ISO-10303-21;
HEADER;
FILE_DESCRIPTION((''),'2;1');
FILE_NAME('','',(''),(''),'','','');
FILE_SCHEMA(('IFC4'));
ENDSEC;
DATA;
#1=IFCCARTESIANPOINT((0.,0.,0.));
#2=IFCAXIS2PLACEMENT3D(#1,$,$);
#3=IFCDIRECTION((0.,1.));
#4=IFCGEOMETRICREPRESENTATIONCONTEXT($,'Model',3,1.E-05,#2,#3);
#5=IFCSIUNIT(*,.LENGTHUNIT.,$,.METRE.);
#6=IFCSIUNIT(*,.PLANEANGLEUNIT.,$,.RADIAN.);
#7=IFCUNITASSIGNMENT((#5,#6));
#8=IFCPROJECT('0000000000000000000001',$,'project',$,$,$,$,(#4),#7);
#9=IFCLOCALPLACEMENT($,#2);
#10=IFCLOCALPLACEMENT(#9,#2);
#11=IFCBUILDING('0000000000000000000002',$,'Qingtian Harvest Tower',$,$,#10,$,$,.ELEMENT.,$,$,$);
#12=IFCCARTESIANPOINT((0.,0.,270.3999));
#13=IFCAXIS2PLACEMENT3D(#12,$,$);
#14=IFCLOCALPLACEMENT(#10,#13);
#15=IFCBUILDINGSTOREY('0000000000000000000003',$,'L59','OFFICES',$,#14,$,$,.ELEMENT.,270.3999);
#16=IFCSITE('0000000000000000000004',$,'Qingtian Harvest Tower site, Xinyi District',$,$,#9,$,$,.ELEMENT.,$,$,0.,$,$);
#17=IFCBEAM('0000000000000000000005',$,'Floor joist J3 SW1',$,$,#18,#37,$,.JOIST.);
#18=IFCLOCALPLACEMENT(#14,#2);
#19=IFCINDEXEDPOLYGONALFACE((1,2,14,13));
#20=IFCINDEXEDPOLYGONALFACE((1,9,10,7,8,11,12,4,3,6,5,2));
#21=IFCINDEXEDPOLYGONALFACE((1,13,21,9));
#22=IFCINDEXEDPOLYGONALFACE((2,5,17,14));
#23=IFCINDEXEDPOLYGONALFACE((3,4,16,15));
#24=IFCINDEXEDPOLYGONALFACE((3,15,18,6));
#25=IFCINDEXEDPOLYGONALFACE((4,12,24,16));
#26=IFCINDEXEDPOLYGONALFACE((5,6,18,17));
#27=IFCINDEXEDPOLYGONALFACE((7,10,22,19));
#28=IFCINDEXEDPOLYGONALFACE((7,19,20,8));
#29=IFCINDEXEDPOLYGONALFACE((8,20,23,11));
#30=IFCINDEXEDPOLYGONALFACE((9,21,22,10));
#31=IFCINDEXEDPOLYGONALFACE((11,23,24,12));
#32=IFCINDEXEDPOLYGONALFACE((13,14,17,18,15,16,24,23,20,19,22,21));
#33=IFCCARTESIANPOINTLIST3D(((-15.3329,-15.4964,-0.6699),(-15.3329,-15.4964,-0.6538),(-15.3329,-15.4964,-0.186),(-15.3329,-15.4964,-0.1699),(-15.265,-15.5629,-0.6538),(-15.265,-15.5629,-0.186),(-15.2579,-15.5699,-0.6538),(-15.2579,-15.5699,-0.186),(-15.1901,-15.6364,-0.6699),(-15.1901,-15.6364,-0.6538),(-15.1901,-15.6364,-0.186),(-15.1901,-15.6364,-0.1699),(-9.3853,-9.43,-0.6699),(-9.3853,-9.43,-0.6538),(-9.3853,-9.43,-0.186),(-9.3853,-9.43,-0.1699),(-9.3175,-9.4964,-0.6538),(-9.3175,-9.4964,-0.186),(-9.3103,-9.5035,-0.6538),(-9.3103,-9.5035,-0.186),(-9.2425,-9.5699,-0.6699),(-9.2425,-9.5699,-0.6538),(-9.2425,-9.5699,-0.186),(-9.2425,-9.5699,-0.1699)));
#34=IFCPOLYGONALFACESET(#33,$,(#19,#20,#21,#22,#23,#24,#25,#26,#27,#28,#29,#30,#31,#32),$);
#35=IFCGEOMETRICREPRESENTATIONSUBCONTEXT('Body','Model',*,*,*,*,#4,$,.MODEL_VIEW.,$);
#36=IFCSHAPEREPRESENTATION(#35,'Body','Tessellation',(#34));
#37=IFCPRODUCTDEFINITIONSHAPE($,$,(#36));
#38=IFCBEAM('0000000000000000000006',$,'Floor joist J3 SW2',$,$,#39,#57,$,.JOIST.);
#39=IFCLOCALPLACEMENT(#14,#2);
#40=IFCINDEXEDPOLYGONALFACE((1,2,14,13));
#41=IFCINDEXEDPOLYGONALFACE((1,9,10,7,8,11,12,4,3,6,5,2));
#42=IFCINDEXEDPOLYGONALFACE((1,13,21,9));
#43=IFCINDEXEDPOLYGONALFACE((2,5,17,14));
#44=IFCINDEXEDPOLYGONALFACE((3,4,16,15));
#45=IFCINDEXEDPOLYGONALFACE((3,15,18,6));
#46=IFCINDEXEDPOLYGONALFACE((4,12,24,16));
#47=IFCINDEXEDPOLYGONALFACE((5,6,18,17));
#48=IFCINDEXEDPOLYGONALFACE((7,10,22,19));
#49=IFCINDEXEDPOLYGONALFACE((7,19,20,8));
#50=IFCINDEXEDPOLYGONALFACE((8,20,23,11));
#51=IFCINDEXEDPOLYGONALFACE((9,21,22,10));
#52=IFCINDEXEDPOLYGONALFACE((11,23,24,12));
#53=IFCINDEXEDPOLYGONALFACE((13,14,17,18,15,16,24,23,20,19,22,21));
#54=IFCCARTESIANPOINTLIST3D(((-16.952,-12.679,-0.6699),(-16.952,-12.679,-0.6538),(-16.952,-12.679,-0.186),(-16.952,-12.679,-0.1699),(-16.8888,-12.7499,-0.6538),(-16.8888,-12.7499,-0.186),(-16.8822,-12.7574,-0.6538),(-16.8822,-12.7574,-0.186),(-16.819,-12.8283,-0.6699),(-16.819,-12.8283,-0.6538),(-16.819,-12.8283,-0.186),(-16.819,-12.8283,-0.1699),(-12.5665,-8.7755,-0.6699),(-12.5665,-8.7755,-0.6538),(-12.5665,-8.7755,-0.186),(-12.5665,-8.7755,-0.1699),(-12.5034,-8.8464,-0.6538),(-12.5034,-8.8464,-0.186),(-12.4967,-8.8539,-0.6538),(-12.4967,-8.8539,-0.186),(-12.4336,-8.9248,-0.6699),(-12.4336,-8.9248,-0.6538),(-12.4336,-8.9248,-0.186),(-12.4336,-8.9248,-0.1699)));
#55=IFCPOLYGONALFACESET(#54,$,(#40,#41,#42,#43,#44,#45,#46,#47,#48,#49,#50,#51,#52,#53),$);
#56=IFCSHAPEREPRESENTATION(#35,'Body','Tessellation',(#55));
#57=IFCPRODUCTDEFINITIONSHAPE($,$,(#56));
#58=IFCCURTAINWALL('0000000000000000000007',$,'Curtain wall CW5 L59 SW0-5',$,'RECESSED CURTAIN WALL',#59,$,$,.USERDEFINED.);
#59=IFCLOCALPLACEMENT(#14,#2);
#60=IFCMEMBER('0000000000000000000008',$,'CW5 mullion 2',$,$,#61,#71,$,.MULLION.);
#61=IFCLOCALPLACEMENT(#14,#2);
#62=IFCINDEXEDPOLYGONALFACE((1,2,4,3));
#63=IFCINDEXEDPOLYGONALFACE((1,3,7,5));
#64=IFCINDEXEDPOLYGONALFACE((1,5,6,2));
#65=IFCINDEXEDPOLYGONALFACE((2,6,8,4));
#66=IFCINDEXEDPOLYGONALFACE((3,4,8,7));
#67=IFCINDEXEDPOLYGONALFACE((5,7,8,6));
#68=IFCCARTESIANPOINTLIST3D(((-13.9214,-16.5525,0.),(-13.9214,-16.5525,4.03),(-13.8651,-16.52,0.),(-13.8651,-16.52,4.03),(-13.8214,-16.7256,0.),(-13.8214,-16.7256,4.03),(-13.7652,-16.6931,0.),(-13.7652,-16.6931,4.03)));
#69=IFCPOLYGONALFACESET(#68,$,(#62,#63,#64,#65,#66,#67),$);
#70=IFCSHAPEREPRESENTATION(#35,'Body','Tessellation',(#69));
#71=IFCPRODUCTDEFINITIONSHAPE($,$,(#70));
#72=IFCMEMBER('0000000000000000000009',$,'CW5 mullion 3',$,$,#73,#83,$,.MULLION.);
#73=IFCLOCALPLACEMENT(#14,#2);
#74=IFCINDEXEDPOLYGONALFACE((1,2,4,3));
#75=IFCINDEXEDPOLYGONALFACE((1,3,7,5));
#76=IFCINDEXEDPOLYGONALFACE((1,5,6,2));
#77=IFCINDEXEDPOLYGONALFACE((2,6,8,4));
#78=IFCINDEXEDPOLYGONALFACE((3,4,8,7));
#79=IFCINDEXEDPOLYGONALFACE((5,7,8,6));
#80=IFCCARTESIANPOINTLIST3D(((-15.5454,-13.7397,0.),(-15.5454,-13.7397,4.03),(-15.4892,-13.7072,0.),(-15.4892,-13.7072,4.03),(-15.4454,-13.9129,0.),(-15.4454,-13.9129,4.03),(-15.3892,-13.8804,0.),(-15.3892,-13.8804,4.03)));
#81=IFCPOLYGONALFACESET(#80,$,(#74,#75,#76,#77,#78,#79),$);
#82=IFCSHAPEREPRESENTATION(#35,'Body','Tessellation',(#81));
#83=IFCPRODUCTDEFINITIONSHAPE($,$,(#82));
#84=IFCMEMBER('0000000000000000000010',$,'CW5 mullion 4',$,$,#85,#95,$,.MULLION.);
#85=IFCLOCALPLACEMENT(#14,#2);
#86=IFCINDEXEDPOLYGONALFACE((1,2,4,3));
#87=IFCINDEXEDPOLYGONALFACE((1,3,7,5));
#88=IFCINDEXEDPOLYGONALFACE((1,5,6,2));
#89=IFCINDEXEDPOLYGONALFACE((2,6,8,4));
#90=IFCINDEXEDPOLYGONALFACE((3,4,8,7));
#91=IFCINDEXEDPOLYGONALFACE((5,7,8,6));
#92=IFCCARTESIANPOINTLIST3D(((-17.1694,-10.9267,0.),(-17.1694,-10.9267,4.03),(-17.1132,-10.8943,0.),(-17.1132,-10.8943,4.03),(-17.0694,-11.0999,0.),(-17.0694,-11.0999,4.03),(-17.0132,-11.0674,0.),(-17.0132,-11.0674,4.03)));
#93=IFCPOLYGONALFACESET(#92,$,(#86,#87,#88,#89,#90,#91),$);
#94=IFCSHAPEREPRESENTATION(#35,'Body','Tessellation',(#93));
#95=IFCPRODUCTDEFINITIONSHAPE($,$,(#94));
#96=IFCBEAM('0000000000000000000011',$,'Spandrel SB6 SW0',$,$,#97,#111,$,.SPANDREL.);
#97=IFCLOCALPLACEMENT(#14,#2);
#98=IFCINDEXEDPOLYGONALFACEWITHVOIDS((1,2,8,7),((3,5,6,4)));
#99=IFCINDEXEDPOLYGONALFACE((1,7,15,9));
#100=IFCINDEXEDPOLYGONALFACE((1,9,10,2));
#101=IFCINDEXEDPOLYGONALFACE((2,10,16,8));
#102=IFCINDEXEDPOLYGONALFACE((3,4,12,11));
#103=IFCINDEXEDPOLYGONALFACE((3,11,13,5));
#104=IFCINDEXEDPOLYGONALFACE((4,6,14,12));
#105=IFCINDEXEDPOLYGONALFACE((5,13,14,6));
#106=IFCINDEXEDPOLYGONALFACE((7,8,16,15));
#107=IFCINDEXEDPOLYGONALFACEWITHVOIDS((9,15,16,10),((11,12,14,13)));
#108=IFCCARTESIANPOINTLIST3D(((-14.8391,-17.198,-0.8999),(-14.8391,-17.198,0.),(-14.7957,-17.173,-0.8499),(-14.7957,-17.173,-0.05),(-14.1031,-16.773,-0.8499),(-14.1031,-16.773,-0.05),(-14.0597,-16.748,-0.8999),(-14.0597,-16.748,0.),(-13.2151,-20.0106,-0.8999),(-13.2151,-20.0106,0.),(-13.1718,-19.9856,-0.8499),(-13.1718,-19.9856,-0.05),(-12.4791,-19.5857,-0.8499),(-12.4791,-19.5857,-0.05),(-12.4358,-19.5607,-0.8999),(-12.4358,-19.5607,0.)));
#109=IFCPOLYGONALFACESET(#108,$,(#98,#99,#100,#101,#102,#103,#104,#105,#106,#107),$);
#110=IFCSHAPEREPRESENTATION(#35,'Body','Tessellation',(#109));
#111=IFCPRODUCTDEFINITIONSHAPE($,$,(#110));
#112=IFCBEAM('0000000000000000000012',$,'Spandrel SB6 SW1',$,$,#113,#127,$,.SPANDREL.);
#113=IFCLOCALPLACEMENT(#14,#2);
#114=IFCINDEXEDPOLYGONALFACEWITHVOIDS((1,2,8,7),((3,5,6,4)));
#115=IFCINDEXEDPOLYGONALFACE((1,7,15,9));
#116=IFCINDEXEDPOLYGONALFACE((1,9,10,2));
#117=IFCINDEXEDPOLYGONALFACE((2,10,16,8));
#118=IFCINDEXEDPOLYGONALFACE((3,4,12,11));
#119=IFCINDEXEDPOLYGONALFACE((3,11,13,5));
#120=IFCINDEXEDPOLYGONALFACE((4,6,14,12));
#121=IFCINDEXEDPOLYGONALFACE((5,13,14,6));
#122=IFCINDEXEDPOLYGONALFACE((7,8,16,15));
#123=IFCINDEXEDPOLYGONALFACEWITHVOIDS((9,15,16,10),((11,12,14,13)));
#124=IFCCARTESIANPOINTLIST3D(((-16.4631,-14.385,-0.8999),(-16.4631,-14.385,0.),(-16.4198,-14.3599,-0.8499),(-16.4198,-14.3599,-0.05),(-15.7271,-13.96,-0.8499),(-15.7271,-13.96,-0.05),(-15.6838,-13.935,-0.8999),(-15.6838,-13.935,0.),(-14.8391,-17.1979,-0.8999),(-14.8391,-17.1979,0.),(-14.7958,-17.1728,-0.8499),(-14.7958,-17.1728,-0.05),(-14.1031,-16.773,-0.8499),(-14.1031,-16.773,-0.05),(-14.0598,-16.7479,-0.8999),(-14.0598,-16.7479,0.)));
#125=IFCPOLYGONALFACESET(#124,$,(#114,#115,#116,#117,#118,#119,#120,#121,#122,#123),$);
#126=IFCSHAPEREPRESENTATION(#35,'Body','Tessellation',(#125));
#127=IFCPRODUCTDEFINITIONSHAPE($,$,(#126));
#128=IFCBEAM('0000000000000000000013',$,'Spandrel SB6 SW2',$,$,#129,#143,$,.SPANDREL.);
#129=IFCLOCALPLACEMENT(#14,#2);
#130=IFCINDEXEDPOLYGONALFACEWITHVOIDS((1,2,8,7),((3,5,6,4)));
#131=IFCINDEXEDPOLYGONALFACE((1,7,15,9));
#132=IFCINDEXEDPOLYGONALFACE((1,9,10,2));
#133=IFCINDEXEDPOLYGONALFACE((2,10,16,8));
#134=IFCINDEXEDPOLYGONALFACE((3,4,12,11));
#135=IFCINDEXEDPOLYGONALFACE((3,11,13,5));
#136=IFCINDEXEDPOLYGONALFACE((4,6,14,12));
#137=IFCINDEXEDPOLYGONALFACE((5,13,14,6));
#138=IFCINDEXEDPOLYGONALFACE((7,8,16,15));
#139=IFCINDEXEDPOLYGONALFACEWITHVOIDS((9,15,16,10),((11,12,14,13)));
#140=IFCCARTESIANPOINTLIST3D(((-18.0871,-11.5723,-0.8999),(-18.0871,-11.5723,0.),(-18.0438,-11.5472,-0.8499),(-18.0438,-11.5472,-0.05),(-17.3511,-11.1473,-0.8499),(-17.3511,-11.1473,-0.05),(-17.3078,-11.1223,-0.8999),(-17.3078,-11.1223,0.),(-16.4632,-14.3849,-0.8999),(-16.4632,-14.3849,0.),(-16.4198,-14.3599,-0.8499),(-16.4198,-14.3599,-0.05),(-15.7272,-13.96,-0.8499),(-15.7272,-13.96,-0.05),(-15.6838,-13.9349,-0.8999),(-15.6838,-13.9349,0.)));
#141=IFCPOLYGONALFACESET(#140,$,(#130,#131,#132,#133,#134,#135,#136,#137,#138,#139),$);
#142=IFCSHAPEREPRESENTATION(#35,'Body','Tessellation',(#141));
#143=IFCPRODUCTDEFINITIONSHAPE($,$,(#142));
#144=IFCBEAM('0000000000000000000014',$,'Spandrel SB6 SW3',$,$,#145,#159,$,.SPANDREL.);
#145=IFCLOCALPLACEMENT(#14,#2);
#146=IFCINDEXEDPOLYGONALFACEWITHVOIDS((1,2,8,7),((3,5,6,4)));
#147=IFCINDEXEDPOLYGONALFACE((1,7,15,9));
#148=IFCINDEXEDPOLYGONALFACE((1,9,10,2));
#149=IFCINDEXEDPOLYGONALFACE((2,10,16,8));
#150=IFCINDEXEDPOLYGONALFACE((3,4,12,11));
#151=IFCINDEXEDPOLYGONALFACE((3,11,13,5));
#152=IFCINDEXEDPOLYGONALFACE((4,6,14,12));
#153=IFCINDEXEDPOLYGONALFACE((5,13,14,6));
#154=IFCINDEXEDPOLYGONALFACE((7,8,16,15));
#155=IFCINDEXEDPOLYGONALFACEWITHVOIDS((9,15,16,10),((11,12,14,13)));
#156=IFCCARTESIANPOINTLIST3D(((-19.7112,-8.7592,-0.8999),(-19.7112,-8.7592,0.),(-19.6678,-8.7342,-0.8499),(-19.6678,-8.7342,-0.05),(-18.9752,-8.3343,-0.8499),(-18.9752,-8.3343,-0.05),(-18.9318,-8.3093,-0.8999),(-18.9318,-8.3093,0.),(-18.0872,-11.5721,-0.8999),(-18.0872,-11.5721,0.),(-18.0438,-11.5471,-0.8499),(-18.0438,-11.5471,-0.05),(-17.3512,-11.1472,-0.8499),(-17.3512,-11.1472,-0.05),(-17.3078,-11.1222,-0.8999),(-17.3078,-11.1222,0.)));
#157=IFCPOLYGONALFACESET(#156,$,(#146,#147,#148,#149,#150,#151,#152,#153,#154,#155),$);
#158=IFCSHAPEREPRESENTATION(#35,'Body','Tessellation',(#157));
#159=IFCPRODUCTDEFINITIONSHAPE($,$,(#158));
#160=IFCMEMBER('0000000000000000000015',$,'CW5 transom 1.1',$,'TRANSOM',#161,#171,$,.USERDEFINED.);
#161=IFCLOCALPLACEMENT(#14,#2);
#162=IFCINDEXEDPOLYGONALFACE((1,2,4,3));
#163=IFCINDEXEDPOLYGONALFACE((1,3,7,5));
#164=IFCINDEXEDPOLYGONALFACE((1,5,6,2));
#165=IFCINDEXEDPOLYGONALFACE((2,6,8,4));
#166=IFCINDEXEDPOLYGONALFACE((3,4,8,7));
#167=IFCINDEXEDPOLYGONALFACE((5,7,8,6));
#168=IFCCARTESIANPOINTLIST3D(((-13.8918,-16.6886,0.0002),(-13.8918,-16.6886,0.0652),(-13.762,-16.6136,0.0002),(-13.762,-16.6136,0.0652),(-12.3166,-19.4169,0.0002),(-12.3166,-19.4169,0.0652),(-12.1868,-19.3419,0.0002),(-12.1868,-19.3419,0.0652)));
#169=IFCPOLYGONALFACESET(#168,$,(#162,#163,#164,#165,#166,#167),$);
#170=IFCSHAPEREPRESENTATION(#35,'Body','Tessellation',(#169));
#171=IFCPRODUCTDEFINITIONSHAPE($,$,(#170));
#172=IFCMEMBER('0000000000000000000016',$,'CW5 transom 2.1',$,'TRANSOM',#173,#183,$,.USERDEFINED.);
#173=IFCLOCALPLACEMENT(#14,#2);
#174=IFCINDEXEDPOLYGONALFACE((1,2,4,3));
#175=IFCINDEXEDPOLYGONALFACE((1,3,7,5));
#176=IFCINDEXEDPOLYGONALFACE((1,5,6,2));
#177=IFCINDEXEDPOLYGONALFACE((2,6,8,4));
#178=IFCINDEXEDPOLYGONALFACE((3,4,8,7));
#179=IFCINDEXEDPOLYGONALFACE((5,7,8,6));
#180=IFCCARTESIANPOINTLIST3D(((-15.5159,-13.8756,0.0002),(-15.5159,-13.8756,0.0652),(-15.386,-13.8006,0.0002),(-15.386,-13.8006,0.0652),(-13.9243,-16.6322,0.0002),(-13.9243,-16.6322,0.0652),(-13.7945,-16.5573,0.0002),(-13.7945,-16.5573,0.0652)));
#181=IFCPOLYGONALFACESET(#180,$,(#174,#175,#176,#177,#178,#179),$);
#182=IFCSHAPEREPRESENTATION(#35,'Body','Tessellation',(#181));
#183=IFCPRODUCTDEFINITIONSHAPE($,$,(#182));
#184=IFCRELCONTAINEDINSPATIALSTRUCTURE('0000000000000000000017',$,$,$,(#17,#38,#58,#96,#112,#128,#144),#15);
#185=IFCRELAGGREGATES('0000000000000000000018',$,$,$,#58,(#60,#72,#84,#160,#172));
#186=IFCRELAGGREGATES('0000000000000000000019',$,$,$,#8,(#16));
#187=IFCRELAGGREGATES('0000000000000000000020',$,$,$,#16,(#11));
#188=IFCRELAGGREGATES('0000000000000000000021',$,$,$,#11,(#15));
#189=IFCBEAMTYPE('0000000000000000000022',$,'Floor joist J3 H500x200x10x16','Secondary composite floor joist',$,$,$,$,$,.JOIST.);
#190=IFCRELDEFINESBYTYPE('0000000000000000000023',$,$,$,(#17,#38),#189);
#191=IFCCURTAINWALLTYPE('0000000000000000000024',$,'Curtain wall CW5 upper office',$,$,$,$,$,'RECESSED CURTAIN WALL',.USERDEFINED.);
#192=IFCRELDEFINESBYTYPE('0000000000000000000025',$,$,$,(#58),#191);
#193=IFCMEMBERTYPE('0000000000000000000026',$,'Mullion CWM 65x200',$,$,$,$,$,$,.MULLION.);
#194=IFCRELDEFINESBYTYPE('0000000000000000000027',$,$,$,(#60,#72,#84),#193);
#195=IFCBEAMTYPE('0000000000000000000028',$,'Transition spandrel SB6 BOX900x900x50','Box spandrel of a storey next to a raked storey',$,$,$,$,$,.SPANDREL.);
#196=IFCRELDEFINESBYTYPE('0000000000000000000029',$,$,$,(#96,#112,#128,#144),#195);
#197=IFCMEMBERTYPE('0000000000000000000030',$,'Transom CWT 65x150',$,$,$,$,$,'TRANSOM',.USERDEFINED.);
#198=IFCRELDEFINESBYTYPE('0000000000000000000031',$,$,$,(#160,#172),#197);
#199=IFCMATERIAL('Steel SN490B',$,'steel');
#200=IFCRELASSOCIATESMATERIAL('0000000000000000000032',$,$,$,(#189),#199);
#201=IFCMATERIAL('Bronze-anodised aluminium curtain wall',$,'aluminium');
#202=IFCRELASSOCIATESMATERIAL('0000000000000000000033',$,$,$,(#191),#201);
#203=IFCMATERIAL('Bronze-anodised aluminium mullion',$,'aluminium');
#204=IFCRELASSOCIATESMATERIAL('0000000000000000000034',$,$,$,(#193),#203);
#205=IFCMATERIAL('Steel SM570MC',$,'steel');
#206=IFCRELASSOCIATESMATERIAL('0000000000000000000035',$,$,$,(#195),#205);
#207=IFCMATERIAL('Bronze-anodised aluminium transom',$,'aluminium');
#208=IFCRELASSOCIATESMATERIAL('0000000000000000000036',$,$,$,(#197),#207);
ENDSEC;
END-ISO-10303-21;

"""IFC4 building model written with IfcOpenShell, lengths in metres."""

from ifc_helpers import new_model, si_unit, direction, frame, origin, origin_2d, place, context, subcontext, project, spatial, rectangle, hollow_rectangle, i_section, extrude, material, material_profile, profile_set, type_object, element, aggregate, save


model = new_model("IFC4")

# Units and contexts
model_context = context("Model", 3, precision=1e-05, world=origin(), true_north=direction((0.0, 1.0)))
body_context = subcontext(model_context, "Body", "Model", "MODEL_VIEW")
ifc_project = project(units=[si_unit("LENGTHUNIT", "METRE"), si_unit("PLANEANGLEUNIT", "RADIAN")], contexts=[model_context])

# Site, building, storey
site_placement = place(None, origin())
site = spatial("IfcSite", under=ifc_project, at=site_placement, Name="Qingtian Harvest Tower site, Xinyi District", CompositionType="ELEMENT", RefElevation=0.0)
building_placement = place(site_placement, origin())
building = spatial("IfcBuilding", under=site, at=building_placement, Name="Qingtian Harvest Tower", CompositionType="ELEMENT")
storey_placement = place(building_placement, frame((0.0, 0.0, 270.3999)))
storey = spatial("IfcBuildingStorey", under=building, at=storey_placement, Name="L59", Description="OFFICES", CompositionType="ELEMENT", Elevation=270.3999)

# Beams
ifc_material_1 = material(Name="Steel SN490B", Category="steel")
ifc_material_profile_1 = material_profile(ifc_material_1, i_section(OverallWidth=0.2, OverallDepth=0.5, WebThickness=0.01, FlangeThickness=0.0161, at=origin_2d()), Name="H500x200x10x16")
ifc_profile_set_1 = profile_set([ifc_material_profile_1], Name="Steel SN490B")
beam_type_1 = type_object("IfcBeamType", Name="Floor joist J3 H500x200x10x16", Description="Secondary composite floor joist", PredefinedType="JOIST", material=ifc_profile_set_1)
beam_1_placement = place(storey_placement, frame((-15.2615, -15.5664, -0.4199), z_axis=(0.700075, 0.71407, 0.0), x_axis=(-0.71407, 0.700075, 0.0)))
element("IfcBeam", 1, at=beam_1_placement, inside=storey, type_object=beam_type_1, Name="Floor joist J3 SW1", PredefinedType="JOIST", context=body_context, shape_type="SweptSolid", body=[
    extrude(i_section(OverallWidth=0.2, OverallDepth=0.5, WebThickness=0.01, FlangeThickness=0.0161, at=origin_2d()), origin(), (0.0, 0.0, 1.0), 8.4956),
])
beam_2_placement = place(storey_placement, frame((-16.8855, -12.7537, -0.4199), z_axis=(0.746957, 0.664872, 0.0), x_axis=(-0.664872, 0.746957, 0.0)))
element("IfcBeam", 2, at=beam_2_placement, inside=storey, type_object=beam_type_1, Name="Floor joist J3 SW2", PredefinedType="JOIST", context=body_context, shape_type="SweptSolid", body=[
    extrude(i_section(OverallWidth=0.2, OverallDepth=0.5, WebThickness=0.01, FlangeThickness=0.0161, at=origin_2d()), origin(), (0.0, 0.0, 1.0), 5.8711),
])

# Curtain wall, members
ifc_material_2 = material(Name="Bronze-anodised aluminium curtain wall", Category="aluminium")
curtain_wall_type = type_object("IfcCurtainWallType", Name="Curtain wall CW5 upper office", ElementType="RECESSED CURTAIN WALL", PredefinedType="USERDEFINED", material=ifc_material_2)
curtain_wall_placement = place(storey_placement, origin())
curtain_wall = element("IfcCurtainWall", 3, at=curtain_wall_placement, inside=storey, type_object=curtain_wall_type, Name="Curtain wall CW5 L59 SW0-5", ObjectType="RECESSED CURTAIN WALL", PredefinedType="USERDEFINED")
ifc_material_3 = material(Name="Bronze-anodised aluminium mullion", Category="aluminium")
ifc_material_profile_2 = material_profile(ifc_material_3, rectangle(XDim=0.0649, YDim=0.2, at=origin_2d()), Name="AL 65x200")
ifc_profile_set_2 = profile_set([ifc_material_profile_2], Name="Bronze-anodised aluminium mullion")
member_type_1 = type_object("IfcMemberType", Name="Mullion CWM 65x200", PredefinedType="MULLION", material=ifc_profile_set_2)
member_1_placement = place(storey_placement, frame((-13.8433, -16.6228, 0.0), z_axis=(0.0, 0.0, 1.0), x_axis=(-0.866025, -0.5, 0.0)))
member_1 = element("IfcMember", 4, at=member_1_placement, type_object=member_type_1, Name="CW5 mullion 2", PredefinedType="MULLION", context=body_context, shape_type="SweptSolid", body=[
    extrude(rectangle(XDim=0.0649, YDim=0.2, at=origin_2d()), origin(), (0.0, 0.0, 1.0), 4.03),
])
member_2_placement = place(storey_placement, frame((-15.4673, -13.8101, 0.0), z_axis=(0.0, 0.0, 1.0), x_axis=(-0.866025, -0.5, 0.0)))
member_2 = element("IfcMember", 5, at=member_2_placement, type_object=member_type_1, Name="CW5 mullion 3", PredefinedType="MULLION", context=body_context, shape_type="SweptSolid", body=[
    extrude(rectangle(XDim=0.0649, YDim=0.2, at=origin_2d()), origin(), (0.0, 0.0, 1.0), 4.03),
])
member_3_placement = place(storey_placement, frame((-17.0913, -10.9971, 0.0), z_axis=(0.0, 0.0, 1.0), x_axis=(-0.866025, -0.5, 0.0)))
member_3 = element("IfcMember", 6, at=member_3_placement, type_object=member_type_1, Name="CW5 mullion 4", PredefinedType="MULLION", context=body_context, shape_type="SweptSolid", body=[
    extrude(rectangle(XDim=0.0649, YDim=0.2, at=origin_2d()), origin(), (0.0, 0.0, 1.0), 4.03),
])

# Beams
ifc_material_4 = material(Name="Steel SM570MC", Category="steel")
ifc_material_profile_3 = material_profile(ifc_material_4, hollow_rectangle(XDim=0.8999, YDim=0.8999, WallThickness=0.05, at=origin_2d()), Name="BOX900x900x50")
ifc_profile_set_3 = profile_set([ifc_material_profile_3], Name="Steel SM570MC")
beam_type_2 = type_object("IfcBeamType", Name="Transition spandrel SB6 BOX900x900x50", Description="Box spandrel of a storey next to a raked storey", PredefinedType="SPANDREL", material=ifc_profile_set_3)
beam_3_placement = place(storey_placement, frame((-12.8254, -19.7856, -0.45), z_axis=(-0.50002, 0.866014, 0.0), x_axis=(-0.866014, -0.50002, 0.0)))
element("IfcBeam", 7, at=beam_3_placement, inside=storey, type_object=beam_type_2, Name="Spandrel SB6 SW0", PredefinedType="SPANDREL", context=body_context, shape_type="SweptSolid", body=[
    extrude(hollow_rectangle(XDim=0.8999, YDim=0.8999, WallThickness=0.05, at=origin_2d()), origin(), (0.0, 0.0, 1.0), 3.2478),
])
beam_4_placement = place(storey_placement, frame((-14.4495, -16.9729, -0.45), z_axis=(-0.499987, 0.866033, 0.0), x_axis=(-0.866033, -0.499987, 0.0)))
element("IfcBeam", 8, at=beam_4_placement, inside=storey, type_object=beam_type_2, Name="Spandrel SB6 SW1", PredefinedType="SPANDREL", context=body_context, shape_type="SweptSolid", body=[
    extrude(hollow_rectangle(XDim=0.8999, YDim=0.8999, WallThickness=0.05, at=origin_2d()), origin(), (0.0, 0.0, 1.0), 3.248),
])
beam_5_placement = place(storey_placement, frame((-16.0735, -14.1599, -0.45), z_axis=(-0.50002, 0.866014, 0.0), x_axis=(-0.866014, -0.50002, 0.0)))
element("IfcBeam", 9, at=beam_5_placement, inside=storey, type_object=beam_type_2, Name="Spandrel SB6 SW2", PredefinedType="SPANDREL", context=body_context, shape_type="SweptSolid", body=[
    extrude(hollow_rectangle(XDim=0.8999, YDim=0.8999, WallThickness=0.05, at=origin_2d()), origin(), (0.0, 0.0, 1.0), 3.2478),
])
beam_6_placement = place(storey_placement, frame((-17.6975, -11.3472, -0.45), z_axis=(-0.499987, 0.866033, 0.0), x_axis=(-0.866033, -0.499987, 0.0)))
element("IfcBeam", 10, at=beam_6_placement, inside=storey, type_object=beam_type_2, Name="Spandrel SB6 SW3", PredefinedType="SPANDREL", context=body_context, shape_type="SweptSolid", body=[
    extrude(hollow_rectangle(XDim=0.8999, YDim=0.8999, WallThickness=0.05, at=origin_2d()), origin(), (0.0, 0.0, 1.0), 3.248),
])

# Members
ifc_material_5 = material(Name="Bronze-anodised aluminium transom", Category="aluminium")
ifc_material_profile_4 = material_profile(ifc_material_5, rectangle(XDim=0.1499, YDim=0.0649, at=origin_2d()), Name="AL 65x150")
ifc_profile_set_4 = profile_set([ifc_material_profile_4], Name="Bronze-anodised aluminium transom")
member_type_2 = type_object("IfcMemberType", Name="Transom CWT 65x150", ElementType="TRANSOM", PredefinedType="USERDEFINED", material=ifc_profile_set_4)
member_4_placement = place(storey_placement, frame((-12.2517, -19.3794, 0.0327), z_axis=(-0.500006, 0.866022, 0.0), x_axis=(-0.866022, -0.500006, 0.0)))
member_4 = element("IfcMember", 11, at=member_4_placement, type_object=member_type_2, Name="CW5 transom 1.1", ObjectType="TRANSOM", PredefinedType="USERDEFINED", context=body_context, shape_type="SweptSolid", body=[
    extrude(rectangle(XDim=0.1499, YDim=0.0649, at=origin_2d()), origin(), (0.0, 0.0, 1.0), 3.1504),
])
member_5_placement = place(storey_placement, frame((-13.8594, -16.5947, 0.0327), z_axis=(-0.500008, 0.866021, 0.0), x_axis=(-0.866021, -0.500008, 0.0)))
member_5 = element("IfcMember", 12, at=member_5_placement, type_object=member_type_2, Name="CW5 transom 2.1", ObjectType="TRANSOM", PredefinedType="USERDEFINED", context=body_context, shape_type="SweptSolid", body=[
    extrude(rectangle(XDim=0.1499, YDim=0.0649, at=origin_2d()), origin(), (0.0, 0.0, 1.0), 3.1831),
])

aggregate(curtain_wall, [member_1, member_2, member_3, member_4, member_5])

save(model, "model.ifc")
